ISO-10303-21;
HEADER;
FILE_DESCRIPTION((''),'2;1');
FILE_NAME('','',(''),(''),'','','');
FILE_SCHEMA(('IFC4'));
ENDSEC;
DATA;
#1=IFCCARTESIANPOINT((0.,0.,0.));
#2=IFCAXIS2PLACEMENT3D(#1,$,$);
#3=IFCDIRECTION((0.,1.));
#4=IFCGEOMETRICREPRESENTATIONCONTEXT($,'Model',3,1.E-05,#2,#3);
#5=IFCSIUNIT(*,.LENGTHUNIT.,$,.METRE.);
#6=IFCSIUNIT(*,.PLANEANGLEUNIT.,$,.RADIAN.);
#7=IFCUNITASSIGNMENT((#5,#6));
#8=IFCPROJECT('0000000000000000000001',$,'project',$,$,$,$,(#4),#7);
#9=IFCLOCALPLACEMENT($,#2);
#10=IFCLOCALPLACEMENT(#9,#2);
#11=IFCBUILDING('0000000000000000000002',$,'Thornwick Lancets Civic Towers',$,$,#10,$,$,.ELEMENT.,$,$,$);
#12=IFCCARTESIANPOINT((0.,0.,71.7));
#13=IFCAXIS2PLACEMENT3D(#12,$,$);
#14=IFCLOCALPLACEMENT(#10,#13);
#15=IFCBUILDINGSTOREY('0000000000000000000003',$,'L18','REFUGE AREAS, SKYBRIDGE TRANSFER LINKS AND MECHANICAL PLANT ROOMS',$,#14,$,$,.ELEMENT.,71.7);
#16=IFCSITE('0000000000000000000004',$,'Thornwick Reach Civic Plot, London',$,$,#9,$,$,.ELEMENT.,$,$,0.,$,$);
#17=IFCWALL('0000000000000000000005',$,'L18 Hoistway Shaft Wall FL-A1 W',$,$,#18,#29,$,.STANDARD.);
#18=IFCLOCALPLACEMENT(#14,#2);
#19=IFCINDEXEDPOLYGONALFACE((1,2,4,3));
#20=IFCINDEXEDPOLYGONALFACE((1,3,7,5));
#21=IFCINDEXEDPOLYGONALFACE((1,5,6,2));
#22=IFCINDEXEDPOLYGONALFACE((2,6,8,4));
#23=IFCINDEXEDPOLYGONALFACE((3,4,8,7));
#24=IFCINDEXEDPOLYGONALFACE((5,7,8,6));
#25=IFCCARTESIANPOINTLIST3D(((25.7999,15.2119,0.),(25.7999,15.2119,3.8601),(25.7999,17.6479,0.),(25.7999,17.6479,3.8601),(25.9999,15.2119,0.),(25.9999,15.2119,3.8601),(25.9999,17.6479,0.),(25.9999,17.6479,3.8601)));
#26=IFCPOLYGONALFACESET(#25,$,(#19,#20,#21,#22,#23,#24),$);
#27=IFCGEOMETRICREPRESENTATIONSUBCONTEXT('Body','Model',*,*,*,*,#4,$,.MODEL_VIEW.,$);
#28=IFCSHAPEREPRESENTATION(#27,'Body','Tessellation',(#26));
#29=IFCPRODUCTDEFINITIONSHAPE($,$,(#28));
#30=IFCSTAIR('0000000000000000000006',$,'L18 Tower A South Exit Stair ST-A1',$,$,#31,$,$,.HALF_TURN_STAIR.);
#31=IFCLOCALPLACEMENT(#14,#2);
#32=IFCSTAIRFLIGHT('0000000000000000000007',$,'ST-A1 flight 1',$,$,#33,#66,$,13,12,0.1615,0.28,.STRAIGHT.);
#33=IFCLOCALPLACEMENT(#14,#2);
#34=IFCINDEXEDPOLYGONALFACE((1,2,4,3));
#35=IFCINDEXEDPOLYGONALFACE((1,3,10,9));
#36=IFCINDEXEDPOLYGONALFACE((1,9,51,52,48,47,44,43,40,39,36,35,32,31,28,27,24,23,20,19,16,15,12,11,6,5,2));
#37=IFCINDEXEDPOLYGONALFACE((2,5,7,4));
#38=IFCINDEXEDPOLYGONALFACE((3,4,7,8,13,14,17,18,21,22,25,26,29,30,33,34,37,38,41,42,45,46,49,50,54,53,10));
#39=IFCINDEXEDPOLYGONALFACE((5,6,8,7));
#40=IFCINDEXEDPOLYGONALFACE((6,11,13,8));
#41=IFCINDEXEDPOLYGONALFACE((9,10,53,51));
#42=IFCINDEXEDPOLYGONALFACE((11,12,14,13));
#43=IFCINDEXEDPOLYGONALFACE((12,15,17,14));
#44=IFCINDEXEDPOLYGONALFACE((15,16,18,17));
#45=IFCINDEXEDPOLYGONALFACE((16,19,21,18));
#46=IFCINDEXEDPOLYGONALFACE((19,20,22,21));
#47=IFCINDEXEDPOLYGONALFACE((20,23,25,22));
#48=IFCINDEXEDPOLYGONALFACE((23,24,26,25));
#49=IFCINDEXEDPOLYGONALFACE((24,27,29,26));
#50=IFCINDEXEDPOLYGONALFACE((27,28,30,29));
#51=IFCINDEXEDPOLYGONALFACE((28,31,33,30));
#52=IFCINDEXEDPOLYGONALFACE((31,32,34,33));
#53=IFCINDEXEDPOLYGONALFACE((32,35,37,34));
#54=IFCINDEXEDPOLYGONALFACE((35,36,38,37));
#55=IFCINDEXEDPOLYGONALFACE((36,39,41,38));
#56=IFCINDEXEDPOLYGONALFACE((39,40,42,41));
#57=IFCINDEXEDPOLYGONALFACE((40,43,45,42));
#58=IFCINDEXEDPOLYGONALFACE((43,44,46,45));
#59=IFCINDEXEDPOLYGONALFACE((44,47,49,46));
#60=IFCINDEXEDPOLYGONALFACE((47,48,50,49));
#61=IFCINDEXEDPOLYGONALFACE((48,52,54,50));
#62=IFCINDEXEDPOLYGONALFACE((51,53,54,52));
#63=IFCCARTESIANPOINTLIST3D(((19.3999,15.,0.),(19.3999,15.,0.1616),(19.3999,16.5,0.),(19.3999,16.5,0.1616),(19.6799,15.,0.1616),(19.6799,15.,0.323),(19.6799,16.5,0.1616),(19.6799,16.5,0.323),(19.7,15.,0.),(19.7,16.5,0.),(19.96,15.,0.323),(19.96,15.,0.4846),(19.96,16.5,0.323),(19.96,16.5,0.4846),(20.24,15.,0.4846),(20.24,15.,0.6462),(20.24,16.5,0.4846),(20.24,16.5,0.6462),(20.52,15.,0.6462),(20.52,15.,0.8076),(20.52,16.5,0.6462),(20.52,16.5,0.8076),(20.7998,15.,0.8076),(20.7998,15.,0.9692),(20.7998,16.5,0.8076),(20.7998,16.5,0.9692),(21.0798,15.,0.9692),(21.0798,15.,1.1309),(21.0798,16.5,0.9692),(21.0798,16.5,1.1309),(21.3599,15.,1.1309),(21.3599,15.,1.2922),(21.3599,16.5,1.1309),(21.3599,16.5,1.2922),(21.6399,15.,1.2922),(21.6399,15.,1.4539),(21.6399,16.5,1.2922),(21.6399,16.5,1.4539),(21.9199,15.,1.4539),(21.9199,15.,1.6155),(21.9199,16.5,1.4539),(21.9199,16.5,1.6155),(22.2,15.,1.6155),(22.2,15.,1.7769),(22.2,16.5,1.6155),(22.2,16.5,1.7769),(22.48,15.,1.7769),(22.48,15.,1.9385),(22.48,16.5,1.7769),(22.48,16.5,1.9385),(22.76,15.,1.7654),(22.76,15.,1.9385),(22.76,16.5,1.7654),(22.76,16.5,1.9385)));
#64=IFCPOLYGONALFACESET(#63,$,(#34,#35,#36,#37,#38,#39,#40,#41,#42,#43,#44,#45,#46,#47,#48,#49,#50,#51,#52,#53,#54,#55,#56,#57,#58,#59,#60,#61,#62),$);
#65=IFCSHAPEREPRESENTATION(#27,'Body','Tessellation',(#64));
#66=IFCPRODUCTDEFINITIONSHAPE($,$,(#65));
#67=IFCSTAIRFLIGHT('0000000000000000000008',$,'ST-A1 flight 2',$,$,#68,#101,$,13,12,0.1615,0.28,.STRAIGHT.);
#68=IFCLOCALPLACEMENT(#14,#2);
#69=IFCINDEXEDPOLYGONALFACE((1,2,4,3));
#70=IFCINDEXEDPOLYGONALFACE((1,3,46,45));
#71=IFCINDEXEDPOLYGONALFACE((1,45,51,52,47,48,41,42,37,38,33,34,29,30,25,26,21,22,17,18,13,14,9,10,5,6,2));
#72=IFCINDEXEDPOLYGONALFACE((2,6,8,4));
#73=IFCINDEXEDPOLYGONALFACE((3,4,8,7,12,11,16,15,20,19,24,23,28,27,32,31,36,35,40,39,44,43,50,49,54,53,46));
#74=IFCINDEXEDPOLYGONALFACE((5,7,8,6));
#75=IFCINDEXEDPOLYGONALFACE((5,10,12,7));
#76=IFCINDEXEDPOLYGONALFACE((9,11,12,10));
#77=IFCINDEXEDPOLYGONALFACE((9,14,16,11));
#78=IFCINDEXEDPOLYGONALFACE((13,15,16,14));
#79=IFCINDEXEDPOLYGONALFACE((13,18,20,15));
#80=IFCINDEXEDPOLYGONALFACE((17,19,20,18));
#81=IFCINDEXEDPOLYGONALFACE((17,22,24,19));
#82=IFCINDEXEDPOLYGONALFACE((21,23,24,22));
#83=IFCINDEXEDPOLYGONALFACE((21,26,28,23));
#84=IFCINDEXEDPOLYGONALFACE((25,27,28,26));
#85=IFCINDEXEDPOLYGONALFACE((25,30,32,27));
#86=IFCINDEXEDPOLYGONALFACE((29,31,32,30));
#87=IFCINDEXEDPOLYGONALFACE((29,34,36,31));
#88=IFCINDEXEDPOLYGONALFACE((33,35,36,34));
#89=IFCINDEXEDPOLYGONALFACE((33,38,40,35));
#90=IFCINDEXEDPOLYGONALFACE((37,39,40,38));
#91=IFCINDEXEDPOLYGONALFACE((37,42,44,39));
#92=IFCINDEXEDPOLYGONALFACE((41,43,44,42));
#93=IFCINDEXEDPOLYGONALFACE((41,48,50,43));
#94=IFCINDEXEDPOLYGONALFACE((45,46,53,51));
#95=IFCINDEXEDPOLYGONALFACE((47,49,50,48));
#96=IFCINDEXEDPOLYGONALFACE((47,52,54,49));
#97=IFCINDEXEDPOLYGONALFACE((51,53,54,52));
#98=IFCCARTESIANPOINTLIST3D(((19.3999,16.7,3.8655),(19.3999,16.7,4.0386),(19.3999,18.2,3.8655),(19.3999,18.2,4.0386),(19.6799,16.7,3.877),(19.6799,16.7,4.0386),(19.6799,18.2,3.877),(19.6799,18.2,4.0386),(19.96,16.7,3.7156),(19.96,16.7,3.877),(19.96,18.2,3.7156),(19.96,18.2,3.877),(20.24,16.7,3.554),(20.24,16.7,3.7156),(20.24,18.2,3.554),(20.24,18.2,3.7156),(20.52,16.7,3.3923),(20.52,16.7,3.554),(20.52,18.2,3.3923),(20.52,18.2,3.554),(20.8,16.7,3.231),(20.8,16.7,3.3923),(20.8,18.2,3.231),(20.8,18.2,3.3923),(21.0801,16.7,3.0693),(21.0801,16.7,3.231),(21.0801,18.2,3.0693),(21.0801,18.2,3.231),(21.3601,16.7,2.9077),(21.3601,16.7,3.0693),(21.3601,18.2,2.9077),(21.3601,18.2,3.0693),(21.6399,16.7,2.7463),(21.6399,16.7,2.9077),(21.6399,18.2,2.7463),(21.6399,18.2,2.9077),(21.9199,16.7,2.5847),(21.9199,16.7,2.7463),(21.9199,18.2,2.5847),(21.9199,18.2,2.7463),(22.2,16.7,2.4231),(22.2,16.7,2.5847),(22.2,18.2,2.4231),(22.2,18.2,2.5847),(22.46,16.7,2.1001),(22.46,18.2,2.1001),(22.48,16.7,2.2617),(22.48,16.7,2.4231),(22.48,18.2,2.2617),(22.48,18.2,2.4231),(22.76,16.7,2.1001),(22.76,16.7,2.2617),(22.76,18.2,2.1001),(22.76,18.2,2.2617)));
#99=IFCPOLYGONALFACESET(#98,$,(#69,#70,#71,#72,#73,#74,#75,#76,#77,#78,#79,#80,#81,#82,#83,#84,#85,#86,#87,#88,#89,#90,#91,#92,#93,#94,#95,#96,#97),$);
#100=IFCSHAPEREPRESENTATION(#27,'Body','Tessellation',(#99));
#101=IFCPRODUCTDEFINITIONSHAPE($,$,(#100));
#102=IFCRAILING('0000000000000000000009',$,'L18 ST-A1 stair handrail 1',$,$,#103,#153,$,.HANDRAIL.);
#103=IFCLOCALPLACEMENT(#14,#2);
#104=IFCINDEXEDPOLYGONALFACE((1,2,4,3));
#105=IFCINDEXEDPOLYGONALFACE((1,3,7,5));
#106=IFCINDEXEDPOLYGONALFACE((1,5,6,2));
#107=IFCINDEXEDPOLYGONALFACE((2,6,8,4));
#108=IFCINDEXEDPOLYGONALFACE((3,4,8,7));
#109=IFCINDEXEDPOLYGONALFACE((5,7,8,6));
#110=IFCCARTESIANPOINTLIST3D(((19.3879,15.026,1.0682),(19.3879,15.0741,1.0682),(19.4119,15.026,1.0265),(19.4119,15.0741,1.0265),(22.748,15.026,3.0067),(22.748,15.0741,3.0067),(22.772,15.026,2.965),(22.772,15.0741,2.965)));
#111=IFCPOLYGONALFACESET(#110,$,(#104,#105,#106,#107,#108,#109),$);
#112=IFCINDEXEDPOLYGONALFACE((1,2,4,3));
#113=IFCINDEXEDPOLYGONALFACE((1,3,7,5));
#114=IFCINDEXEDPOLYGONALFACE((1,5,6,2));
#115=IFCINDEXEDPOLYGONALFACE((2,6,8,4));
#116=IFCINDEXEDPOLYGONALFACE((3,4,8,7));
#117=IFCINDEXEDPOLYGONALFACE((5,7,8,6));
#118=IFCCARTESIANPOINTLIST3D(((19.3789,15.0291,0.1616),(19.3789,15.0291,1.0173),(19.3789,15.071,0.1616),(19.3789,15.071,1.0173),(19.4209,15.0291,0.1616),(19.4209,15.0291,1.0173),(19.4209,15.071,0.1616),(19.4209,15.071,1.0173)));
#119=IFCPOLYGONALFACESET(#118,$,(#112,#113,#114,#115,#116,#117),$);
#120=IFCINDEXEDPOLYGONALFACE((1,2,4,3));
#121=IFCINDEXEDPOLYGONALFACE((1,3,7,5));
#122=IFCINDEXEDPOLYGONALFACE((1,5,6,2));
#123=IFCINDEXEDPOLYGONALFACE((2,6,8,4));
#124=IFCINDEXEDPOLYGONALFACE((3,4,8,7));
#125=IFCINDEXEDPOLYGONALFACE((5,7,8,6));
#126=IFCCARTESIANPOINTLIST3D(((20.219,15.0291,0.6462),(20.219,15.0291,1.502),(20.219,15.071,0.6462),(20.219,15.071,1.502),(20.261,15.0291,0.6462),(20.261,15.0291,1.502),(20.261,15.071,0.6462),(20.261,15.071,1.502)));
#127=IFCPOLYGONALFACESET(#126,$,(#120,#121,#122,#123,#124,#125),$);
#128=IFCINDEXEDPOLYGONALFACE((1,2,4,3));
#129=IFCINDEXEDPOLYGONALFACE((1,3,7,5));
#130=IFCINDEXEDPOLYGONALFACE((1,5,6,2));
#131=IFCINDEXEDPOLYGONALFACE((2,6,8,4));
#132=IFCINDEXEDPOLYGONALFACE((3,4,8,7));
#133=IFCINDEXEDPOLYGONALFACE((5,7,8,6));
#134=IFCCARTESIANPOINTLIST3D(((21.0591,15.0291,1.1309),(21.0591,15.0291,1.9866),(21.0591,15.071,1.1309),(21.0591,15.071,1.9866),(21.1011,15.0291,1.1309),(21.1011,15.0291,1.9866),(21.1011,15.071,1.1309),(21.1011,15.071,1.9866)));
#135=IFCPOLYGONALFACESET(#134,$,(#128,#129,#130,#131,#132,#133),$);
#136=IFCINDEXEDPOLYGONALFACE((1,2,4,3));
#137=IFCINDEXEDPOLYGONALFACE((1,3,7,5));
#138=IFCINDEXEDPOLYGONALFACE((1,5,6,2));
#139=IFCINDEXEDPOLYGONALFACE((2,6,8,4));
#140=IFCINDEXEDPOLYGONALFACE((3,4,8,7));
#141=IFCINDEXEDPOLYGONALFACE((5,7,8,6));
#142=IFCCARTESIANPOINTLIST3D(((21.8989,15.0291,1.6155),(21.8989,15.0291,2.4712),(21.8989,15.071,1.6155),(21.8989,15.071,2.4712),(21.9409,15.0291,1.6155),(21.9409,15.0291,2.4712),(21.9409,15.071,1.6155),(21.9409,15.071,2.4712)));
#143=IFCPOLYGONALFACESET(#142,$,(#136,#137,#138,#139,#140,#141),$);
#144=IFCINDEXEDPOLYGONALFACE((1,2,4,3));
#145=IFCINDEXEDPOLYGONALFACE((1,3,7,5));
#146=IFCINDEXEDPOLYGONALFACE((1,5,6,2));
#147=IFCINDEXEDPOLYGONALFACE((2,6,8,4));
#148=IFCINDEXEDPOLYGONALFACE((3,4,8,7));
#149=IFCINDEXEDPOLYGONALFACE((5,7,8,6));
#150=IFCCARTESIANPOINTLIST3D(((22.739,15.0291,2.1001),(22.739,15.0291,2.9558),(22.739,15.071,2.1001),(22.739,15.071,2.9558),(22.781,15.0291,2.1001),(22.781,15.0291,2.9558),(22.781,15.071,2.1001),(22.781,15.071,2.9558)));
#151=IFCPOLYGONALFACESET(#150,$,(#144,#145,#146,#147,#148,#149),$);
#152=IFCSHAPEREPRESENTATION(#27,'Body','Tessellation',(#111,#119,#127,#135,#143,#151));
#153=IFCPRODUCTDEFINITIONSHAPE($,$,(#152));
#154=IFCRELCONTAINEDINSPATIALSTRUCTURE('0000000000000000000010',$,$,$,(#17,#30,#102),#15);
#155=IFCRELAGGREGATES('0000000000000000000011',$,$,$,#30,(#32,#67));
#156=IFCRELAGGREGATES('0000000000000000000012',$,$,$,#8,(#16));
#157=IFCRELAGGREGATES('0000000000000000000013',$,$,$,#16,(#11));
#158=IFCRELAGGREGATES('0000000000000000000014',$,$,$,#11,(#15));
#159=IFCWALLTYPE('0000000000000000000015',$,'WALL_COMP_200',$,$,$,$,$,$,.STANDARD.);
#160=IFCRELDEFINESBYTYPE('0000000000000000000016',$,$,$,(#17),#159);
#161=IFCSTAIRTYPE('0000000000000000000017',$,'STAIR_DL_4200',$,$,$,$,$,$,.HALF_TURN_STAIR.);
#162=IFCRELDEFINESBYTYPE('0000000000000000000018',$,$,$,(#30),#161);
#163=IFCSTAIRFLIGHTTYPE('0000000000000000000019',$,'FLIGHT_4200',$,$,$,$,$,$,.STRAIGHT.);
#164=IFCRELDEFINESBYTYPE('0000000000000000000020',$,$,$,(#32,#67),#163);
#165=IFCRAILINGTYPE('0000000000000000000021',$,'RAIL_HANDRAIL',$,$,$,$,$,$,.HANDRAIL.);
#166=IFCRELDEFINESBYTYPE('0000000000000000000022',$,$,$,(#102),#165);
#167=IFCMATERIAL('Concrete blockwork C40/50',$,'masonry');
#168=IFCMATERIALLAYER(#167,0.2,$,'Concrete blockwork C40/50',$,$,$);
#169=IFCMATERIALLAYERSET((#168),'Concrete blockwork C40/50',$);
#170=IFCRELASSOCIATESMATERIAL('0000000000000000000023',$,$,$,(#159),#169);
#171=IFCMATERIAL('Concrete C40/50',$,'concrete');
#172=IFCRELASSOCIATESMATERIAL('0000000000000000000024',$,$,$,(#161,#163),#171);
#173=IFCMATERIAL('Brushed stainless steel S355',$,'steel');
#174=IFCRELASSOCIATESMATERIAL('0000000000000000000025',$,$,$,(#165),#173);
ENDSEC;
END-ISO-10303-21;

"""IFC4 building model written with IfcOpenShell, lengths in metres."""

from ifc_helpers import new_model, si_unit, direction, frame, frame_2d, origin, origin_2d, place, context, subcontext, project, spatial, polyline, rectangle, outline, extrude, material, layer, layer_set, type_object, element, aggregate, save


model = new_model("IFC4")

# Units and contexts
model_context = context("Model", 3, precision=1e-05, world=origin(), true_north=direction((0.0, 1.0)))
body_context = subcontext(model_context, "Body", "Model", "MODEL_VIEW")
ifc_project = project(units=[si_unit("LENGTHUNIT", "METRE"), si_unit("PLANEANGLEUNIT", "RADIAN")], contexts=[model_context])

# Site, building, storey
site_placement = place(None, origin())
site = spatial("IfcSite", under=ifc_project, at=site_placement, Name="Thornwick Reach Civic Plot, London", CompositionType="ELEMENT", RefElevation=0.0)
building_placement = place(site_placement, origin())
building = spatial("IfcBuilding", under=site, at=building_placement, Name="Thornwick Lancets Civic Towers", CompositionType="ELEMENT")
storey_placement = place(building_placement, frame((0.0, 0.0, 71.7)))
storey = spatial("IfcBuildingStorey", under=building, at=storey_placement, Name="L18", Description="REFUGE AREAS, SKYBRIDGE TRANSFER LINKS AND MECHANICAL PLANT ROOMS", CompositionType="ELEMENT", Elevation=71.7)

# Shared definitions
ifc_material_1 = material(Name="Concrete C40/50", Category="concrete")

# Shared definitions
ifc_material_2 = material(Name="Concrete blockwork C40/50", Category="masonry")
ifc_layer_1 = layer(ifc_material_2, 0.2, Name="Concrete blockwork C40/50")
ifc_layer_set_1 = layer_set([ifc_layer_1], Name="Concrete blockwork C40/50")
wall_type = type_object("IfcWallType", Name="WALL_COMP_200", PredefinedType="STANDARD", material=ifc_layer_set_1)

# Wall
for number, where, z_axis, x_axis, name in (
    (1, (25.8999, 15.2119, 0.0), (0.0, 0.0, 1.0), (0.0, 1.0, 0.0), "L18 Hoistway Shaft Wall FL-A1 W"),
):
    element("IfcWall", number, at=place(storey_placement, frame(where, z_axis=z_axis, x_axis=x_axis)), inside=storey, type_object=wall_type, Name=name, PredefinedType="STANDARD", context=body_context, shape_type="SweptSolid", body=[
        extrude(rectangle(XDim=2.436, YDim=0.2, at=frame_2d((1.218, 0.0))), origin(), (0.0, 0.0, 1.0), 3.8601),
    ])

# Stair, stair flights
stair_type = type_object("IfcStairType", Name="STAIR_DL_4200", PredefinedType="HALF_TURN_STAIR", material=ifc_material_1)
stair_placement = place(storey_placement, origin())
stair = element("IfcStair", 2, at=stair_placement, inside=storey, type_object=stair_type, Name="L18 Tower A South Exit Stair ST-A1", PredefinedType="HALF_TURN_STAIR")
stair_flight_type = type_object("IfcStairFlightType", Name="FLIGHT_4200", PredefinedType="STRAIGHT", material=ifc_material_1)
stair_flight_1_placement = place(storey_placement, frame((19.3999, 15.75, 0.0), z_axis=(0.0, 0.0, 1.0), x_axis=(1.0, 0.0, 0.0)))
stair_flight_1 = element("IfcStairFlight", 3, at=stair_flight_1_placement, type_object=stair_flight_type, Name="ST-A1 flight 1", NumberOfRisers=13, NumberOfTreads=12, PredefinedType="STRAIGHT", RiserHeight=0.1615, TreadLength=0.28, context=body_context, shape_type="SweptSolid", body=[
    extrude(outline(polyline([(0.0, 0.0), (0.0, 0.1616), (0.28, 0.1616), (0.28, 0.323), (0.5601, 0.323), (0.5601, 0.4846), (0.8401, 0.4846), (0.8401, 0.6462), (1.1201, 0.6462), (1.1201, 0.8076), (1.3999, 0.8076), (1.3999, 0.9692), (1.6799, 0.9692), (1.6799, 1.1309), (1.96, 1.1309), (1.96, 1.2922), (2.24, 1.2922), (2.24, 1.4539), (2.52, 1.4539), (2.52, 1.6155), (2.8, 1.6155), (2.8, 1.7769), (3.0801, 1.7769), (3.0801, 1.9385), (3.3601, 1.9385), (3.3601, 2.1001), (3.3601, 1.7654), (0.3, 0.0), (0.0, 0.0)])), frame((0.0, 0.75, 0.0), z_axis=(0.0, -1.0, 0.0), x_axis=(1.0, 0.0, 0.0)), (0.0, 0.0, 1.0), 1.5),
])
stair_flight_2_placement = place(storey_placement, frame((22.76, 17.45, 2.1001), z_axis=(0.0, 0.0, 1.0), x_axis=(-1.0, 0.0, 0.0)))
stair_flight_2 = element("IfcStairFlight", 4, at=stair_flight_2_placement, type_object=stair_flight_type, Name="ST-A1 flight 2", NumberOfRisers=13, NumberOfTreads=12, PredefinedType="STRAIGHT", RiserHeight=0.1615, TreadLength=0.28, context=body_context, shape_type="SweptSolid", body=[
    extrude(outline(polyline([(0.0, 0.0), (0.0, 0.1616), (0.28, 0.1616), (0.28, 0.323), (0.5601, 0.323), (0.5601, 0.4846), (0.8401, 0.4846), (0.8401, 0.6462), (1.1201, 0.6462), (1.1201, 0.8076), (1.3999, 0.8076), (1.3999, 0.9692), (1.6799, 0.9692), (1.6799, 1.1309), (1.96, 1.1309), (1.96, 1.2922), (2.24, 1.2922), (2.24, 1.4539), (2.52, 1.4539), (2.52, 1.6155), (2.8, 1.6155), (2.8, 1.7769), (3.0801, 1.7769), (3.0801, 1.9385), (3.3601, 1.9385), (3.3601, 2.1001), (3.3601, 1.7654), (0.3, 0.0), (0.0, 0.0)])), frame((0.0, 0.75, 0.0), z_axis=(0.0, -1.0, 0.0), x_axis=(1.0, 0.0, 0.0)), (0.0, 0.0, 1.0), 1.5),
])
aggregate(stair, [stair_flight_1, stair_flight_2])

# Railing
ifc_material_3 = material(Name="Brushed stainless steel S355", Category="steel")
railing_type_1 = type_object("IfcRailingType", Name="RAIL_HANDRAIL", PredefinedType="HANDRAIL", material=ifc_material_3)
railing_1_placement = place(storey_placement, frame((19.3999, 15.05, 0.1616)))
element("IfcRailing", 5, at=railing_1_placement, inside=storey, type_object=railing_type_1, Name="L18 ST-A1 stair handrail 1", PredefinedType="HANDRAIL", context=body_context, shape_type="SweptSolid", body=[
    extrude(rectangle(XDim=0.0481, YDim=0.0481, at=origin_2d()), frame((0.0, 0.0, 0.8857), z_axis=(0.866191, 0.0, 0.499713), x_axis=(0.0, 1.0, 0.0)), (0.0, 0.0, 1.0), 3.8792),
    extrude(rectangle(XDim=0.042, YDim=0.042, at=origin_2d()), origin(), (0.0, 0.0, 1.0), 0.8557),
    extrude(rectangle(XDim=0.042, YDim=0.042, at=origin_2d()), frame((0.8401, 0.0, 0.4846)), (0.0, 0.0, 1.0), 0.8557),
    extrude(rectangle(XDim=0.042, YDim=0.042, at=origin_2d()), frame((1.6802, 0.0, 0.9692)), (0.0, 0.0, 1.0), 0.8557),
    extrude(rectangle(XDim=0.042, YDim=0.042, at=origin_2d()), frame((2.52, 0.0, 1.4539)), (0.0, 0.0, 1.0), 0.8557),
    extrude(rectangle(XDim=0.042, YDim=0.042, at=origin_2d()), frame((3.3601, 0.0, 1.9385)), (0.0, 0.0, 1.0), 0.8557),
])

save(model, "model.ifc")
